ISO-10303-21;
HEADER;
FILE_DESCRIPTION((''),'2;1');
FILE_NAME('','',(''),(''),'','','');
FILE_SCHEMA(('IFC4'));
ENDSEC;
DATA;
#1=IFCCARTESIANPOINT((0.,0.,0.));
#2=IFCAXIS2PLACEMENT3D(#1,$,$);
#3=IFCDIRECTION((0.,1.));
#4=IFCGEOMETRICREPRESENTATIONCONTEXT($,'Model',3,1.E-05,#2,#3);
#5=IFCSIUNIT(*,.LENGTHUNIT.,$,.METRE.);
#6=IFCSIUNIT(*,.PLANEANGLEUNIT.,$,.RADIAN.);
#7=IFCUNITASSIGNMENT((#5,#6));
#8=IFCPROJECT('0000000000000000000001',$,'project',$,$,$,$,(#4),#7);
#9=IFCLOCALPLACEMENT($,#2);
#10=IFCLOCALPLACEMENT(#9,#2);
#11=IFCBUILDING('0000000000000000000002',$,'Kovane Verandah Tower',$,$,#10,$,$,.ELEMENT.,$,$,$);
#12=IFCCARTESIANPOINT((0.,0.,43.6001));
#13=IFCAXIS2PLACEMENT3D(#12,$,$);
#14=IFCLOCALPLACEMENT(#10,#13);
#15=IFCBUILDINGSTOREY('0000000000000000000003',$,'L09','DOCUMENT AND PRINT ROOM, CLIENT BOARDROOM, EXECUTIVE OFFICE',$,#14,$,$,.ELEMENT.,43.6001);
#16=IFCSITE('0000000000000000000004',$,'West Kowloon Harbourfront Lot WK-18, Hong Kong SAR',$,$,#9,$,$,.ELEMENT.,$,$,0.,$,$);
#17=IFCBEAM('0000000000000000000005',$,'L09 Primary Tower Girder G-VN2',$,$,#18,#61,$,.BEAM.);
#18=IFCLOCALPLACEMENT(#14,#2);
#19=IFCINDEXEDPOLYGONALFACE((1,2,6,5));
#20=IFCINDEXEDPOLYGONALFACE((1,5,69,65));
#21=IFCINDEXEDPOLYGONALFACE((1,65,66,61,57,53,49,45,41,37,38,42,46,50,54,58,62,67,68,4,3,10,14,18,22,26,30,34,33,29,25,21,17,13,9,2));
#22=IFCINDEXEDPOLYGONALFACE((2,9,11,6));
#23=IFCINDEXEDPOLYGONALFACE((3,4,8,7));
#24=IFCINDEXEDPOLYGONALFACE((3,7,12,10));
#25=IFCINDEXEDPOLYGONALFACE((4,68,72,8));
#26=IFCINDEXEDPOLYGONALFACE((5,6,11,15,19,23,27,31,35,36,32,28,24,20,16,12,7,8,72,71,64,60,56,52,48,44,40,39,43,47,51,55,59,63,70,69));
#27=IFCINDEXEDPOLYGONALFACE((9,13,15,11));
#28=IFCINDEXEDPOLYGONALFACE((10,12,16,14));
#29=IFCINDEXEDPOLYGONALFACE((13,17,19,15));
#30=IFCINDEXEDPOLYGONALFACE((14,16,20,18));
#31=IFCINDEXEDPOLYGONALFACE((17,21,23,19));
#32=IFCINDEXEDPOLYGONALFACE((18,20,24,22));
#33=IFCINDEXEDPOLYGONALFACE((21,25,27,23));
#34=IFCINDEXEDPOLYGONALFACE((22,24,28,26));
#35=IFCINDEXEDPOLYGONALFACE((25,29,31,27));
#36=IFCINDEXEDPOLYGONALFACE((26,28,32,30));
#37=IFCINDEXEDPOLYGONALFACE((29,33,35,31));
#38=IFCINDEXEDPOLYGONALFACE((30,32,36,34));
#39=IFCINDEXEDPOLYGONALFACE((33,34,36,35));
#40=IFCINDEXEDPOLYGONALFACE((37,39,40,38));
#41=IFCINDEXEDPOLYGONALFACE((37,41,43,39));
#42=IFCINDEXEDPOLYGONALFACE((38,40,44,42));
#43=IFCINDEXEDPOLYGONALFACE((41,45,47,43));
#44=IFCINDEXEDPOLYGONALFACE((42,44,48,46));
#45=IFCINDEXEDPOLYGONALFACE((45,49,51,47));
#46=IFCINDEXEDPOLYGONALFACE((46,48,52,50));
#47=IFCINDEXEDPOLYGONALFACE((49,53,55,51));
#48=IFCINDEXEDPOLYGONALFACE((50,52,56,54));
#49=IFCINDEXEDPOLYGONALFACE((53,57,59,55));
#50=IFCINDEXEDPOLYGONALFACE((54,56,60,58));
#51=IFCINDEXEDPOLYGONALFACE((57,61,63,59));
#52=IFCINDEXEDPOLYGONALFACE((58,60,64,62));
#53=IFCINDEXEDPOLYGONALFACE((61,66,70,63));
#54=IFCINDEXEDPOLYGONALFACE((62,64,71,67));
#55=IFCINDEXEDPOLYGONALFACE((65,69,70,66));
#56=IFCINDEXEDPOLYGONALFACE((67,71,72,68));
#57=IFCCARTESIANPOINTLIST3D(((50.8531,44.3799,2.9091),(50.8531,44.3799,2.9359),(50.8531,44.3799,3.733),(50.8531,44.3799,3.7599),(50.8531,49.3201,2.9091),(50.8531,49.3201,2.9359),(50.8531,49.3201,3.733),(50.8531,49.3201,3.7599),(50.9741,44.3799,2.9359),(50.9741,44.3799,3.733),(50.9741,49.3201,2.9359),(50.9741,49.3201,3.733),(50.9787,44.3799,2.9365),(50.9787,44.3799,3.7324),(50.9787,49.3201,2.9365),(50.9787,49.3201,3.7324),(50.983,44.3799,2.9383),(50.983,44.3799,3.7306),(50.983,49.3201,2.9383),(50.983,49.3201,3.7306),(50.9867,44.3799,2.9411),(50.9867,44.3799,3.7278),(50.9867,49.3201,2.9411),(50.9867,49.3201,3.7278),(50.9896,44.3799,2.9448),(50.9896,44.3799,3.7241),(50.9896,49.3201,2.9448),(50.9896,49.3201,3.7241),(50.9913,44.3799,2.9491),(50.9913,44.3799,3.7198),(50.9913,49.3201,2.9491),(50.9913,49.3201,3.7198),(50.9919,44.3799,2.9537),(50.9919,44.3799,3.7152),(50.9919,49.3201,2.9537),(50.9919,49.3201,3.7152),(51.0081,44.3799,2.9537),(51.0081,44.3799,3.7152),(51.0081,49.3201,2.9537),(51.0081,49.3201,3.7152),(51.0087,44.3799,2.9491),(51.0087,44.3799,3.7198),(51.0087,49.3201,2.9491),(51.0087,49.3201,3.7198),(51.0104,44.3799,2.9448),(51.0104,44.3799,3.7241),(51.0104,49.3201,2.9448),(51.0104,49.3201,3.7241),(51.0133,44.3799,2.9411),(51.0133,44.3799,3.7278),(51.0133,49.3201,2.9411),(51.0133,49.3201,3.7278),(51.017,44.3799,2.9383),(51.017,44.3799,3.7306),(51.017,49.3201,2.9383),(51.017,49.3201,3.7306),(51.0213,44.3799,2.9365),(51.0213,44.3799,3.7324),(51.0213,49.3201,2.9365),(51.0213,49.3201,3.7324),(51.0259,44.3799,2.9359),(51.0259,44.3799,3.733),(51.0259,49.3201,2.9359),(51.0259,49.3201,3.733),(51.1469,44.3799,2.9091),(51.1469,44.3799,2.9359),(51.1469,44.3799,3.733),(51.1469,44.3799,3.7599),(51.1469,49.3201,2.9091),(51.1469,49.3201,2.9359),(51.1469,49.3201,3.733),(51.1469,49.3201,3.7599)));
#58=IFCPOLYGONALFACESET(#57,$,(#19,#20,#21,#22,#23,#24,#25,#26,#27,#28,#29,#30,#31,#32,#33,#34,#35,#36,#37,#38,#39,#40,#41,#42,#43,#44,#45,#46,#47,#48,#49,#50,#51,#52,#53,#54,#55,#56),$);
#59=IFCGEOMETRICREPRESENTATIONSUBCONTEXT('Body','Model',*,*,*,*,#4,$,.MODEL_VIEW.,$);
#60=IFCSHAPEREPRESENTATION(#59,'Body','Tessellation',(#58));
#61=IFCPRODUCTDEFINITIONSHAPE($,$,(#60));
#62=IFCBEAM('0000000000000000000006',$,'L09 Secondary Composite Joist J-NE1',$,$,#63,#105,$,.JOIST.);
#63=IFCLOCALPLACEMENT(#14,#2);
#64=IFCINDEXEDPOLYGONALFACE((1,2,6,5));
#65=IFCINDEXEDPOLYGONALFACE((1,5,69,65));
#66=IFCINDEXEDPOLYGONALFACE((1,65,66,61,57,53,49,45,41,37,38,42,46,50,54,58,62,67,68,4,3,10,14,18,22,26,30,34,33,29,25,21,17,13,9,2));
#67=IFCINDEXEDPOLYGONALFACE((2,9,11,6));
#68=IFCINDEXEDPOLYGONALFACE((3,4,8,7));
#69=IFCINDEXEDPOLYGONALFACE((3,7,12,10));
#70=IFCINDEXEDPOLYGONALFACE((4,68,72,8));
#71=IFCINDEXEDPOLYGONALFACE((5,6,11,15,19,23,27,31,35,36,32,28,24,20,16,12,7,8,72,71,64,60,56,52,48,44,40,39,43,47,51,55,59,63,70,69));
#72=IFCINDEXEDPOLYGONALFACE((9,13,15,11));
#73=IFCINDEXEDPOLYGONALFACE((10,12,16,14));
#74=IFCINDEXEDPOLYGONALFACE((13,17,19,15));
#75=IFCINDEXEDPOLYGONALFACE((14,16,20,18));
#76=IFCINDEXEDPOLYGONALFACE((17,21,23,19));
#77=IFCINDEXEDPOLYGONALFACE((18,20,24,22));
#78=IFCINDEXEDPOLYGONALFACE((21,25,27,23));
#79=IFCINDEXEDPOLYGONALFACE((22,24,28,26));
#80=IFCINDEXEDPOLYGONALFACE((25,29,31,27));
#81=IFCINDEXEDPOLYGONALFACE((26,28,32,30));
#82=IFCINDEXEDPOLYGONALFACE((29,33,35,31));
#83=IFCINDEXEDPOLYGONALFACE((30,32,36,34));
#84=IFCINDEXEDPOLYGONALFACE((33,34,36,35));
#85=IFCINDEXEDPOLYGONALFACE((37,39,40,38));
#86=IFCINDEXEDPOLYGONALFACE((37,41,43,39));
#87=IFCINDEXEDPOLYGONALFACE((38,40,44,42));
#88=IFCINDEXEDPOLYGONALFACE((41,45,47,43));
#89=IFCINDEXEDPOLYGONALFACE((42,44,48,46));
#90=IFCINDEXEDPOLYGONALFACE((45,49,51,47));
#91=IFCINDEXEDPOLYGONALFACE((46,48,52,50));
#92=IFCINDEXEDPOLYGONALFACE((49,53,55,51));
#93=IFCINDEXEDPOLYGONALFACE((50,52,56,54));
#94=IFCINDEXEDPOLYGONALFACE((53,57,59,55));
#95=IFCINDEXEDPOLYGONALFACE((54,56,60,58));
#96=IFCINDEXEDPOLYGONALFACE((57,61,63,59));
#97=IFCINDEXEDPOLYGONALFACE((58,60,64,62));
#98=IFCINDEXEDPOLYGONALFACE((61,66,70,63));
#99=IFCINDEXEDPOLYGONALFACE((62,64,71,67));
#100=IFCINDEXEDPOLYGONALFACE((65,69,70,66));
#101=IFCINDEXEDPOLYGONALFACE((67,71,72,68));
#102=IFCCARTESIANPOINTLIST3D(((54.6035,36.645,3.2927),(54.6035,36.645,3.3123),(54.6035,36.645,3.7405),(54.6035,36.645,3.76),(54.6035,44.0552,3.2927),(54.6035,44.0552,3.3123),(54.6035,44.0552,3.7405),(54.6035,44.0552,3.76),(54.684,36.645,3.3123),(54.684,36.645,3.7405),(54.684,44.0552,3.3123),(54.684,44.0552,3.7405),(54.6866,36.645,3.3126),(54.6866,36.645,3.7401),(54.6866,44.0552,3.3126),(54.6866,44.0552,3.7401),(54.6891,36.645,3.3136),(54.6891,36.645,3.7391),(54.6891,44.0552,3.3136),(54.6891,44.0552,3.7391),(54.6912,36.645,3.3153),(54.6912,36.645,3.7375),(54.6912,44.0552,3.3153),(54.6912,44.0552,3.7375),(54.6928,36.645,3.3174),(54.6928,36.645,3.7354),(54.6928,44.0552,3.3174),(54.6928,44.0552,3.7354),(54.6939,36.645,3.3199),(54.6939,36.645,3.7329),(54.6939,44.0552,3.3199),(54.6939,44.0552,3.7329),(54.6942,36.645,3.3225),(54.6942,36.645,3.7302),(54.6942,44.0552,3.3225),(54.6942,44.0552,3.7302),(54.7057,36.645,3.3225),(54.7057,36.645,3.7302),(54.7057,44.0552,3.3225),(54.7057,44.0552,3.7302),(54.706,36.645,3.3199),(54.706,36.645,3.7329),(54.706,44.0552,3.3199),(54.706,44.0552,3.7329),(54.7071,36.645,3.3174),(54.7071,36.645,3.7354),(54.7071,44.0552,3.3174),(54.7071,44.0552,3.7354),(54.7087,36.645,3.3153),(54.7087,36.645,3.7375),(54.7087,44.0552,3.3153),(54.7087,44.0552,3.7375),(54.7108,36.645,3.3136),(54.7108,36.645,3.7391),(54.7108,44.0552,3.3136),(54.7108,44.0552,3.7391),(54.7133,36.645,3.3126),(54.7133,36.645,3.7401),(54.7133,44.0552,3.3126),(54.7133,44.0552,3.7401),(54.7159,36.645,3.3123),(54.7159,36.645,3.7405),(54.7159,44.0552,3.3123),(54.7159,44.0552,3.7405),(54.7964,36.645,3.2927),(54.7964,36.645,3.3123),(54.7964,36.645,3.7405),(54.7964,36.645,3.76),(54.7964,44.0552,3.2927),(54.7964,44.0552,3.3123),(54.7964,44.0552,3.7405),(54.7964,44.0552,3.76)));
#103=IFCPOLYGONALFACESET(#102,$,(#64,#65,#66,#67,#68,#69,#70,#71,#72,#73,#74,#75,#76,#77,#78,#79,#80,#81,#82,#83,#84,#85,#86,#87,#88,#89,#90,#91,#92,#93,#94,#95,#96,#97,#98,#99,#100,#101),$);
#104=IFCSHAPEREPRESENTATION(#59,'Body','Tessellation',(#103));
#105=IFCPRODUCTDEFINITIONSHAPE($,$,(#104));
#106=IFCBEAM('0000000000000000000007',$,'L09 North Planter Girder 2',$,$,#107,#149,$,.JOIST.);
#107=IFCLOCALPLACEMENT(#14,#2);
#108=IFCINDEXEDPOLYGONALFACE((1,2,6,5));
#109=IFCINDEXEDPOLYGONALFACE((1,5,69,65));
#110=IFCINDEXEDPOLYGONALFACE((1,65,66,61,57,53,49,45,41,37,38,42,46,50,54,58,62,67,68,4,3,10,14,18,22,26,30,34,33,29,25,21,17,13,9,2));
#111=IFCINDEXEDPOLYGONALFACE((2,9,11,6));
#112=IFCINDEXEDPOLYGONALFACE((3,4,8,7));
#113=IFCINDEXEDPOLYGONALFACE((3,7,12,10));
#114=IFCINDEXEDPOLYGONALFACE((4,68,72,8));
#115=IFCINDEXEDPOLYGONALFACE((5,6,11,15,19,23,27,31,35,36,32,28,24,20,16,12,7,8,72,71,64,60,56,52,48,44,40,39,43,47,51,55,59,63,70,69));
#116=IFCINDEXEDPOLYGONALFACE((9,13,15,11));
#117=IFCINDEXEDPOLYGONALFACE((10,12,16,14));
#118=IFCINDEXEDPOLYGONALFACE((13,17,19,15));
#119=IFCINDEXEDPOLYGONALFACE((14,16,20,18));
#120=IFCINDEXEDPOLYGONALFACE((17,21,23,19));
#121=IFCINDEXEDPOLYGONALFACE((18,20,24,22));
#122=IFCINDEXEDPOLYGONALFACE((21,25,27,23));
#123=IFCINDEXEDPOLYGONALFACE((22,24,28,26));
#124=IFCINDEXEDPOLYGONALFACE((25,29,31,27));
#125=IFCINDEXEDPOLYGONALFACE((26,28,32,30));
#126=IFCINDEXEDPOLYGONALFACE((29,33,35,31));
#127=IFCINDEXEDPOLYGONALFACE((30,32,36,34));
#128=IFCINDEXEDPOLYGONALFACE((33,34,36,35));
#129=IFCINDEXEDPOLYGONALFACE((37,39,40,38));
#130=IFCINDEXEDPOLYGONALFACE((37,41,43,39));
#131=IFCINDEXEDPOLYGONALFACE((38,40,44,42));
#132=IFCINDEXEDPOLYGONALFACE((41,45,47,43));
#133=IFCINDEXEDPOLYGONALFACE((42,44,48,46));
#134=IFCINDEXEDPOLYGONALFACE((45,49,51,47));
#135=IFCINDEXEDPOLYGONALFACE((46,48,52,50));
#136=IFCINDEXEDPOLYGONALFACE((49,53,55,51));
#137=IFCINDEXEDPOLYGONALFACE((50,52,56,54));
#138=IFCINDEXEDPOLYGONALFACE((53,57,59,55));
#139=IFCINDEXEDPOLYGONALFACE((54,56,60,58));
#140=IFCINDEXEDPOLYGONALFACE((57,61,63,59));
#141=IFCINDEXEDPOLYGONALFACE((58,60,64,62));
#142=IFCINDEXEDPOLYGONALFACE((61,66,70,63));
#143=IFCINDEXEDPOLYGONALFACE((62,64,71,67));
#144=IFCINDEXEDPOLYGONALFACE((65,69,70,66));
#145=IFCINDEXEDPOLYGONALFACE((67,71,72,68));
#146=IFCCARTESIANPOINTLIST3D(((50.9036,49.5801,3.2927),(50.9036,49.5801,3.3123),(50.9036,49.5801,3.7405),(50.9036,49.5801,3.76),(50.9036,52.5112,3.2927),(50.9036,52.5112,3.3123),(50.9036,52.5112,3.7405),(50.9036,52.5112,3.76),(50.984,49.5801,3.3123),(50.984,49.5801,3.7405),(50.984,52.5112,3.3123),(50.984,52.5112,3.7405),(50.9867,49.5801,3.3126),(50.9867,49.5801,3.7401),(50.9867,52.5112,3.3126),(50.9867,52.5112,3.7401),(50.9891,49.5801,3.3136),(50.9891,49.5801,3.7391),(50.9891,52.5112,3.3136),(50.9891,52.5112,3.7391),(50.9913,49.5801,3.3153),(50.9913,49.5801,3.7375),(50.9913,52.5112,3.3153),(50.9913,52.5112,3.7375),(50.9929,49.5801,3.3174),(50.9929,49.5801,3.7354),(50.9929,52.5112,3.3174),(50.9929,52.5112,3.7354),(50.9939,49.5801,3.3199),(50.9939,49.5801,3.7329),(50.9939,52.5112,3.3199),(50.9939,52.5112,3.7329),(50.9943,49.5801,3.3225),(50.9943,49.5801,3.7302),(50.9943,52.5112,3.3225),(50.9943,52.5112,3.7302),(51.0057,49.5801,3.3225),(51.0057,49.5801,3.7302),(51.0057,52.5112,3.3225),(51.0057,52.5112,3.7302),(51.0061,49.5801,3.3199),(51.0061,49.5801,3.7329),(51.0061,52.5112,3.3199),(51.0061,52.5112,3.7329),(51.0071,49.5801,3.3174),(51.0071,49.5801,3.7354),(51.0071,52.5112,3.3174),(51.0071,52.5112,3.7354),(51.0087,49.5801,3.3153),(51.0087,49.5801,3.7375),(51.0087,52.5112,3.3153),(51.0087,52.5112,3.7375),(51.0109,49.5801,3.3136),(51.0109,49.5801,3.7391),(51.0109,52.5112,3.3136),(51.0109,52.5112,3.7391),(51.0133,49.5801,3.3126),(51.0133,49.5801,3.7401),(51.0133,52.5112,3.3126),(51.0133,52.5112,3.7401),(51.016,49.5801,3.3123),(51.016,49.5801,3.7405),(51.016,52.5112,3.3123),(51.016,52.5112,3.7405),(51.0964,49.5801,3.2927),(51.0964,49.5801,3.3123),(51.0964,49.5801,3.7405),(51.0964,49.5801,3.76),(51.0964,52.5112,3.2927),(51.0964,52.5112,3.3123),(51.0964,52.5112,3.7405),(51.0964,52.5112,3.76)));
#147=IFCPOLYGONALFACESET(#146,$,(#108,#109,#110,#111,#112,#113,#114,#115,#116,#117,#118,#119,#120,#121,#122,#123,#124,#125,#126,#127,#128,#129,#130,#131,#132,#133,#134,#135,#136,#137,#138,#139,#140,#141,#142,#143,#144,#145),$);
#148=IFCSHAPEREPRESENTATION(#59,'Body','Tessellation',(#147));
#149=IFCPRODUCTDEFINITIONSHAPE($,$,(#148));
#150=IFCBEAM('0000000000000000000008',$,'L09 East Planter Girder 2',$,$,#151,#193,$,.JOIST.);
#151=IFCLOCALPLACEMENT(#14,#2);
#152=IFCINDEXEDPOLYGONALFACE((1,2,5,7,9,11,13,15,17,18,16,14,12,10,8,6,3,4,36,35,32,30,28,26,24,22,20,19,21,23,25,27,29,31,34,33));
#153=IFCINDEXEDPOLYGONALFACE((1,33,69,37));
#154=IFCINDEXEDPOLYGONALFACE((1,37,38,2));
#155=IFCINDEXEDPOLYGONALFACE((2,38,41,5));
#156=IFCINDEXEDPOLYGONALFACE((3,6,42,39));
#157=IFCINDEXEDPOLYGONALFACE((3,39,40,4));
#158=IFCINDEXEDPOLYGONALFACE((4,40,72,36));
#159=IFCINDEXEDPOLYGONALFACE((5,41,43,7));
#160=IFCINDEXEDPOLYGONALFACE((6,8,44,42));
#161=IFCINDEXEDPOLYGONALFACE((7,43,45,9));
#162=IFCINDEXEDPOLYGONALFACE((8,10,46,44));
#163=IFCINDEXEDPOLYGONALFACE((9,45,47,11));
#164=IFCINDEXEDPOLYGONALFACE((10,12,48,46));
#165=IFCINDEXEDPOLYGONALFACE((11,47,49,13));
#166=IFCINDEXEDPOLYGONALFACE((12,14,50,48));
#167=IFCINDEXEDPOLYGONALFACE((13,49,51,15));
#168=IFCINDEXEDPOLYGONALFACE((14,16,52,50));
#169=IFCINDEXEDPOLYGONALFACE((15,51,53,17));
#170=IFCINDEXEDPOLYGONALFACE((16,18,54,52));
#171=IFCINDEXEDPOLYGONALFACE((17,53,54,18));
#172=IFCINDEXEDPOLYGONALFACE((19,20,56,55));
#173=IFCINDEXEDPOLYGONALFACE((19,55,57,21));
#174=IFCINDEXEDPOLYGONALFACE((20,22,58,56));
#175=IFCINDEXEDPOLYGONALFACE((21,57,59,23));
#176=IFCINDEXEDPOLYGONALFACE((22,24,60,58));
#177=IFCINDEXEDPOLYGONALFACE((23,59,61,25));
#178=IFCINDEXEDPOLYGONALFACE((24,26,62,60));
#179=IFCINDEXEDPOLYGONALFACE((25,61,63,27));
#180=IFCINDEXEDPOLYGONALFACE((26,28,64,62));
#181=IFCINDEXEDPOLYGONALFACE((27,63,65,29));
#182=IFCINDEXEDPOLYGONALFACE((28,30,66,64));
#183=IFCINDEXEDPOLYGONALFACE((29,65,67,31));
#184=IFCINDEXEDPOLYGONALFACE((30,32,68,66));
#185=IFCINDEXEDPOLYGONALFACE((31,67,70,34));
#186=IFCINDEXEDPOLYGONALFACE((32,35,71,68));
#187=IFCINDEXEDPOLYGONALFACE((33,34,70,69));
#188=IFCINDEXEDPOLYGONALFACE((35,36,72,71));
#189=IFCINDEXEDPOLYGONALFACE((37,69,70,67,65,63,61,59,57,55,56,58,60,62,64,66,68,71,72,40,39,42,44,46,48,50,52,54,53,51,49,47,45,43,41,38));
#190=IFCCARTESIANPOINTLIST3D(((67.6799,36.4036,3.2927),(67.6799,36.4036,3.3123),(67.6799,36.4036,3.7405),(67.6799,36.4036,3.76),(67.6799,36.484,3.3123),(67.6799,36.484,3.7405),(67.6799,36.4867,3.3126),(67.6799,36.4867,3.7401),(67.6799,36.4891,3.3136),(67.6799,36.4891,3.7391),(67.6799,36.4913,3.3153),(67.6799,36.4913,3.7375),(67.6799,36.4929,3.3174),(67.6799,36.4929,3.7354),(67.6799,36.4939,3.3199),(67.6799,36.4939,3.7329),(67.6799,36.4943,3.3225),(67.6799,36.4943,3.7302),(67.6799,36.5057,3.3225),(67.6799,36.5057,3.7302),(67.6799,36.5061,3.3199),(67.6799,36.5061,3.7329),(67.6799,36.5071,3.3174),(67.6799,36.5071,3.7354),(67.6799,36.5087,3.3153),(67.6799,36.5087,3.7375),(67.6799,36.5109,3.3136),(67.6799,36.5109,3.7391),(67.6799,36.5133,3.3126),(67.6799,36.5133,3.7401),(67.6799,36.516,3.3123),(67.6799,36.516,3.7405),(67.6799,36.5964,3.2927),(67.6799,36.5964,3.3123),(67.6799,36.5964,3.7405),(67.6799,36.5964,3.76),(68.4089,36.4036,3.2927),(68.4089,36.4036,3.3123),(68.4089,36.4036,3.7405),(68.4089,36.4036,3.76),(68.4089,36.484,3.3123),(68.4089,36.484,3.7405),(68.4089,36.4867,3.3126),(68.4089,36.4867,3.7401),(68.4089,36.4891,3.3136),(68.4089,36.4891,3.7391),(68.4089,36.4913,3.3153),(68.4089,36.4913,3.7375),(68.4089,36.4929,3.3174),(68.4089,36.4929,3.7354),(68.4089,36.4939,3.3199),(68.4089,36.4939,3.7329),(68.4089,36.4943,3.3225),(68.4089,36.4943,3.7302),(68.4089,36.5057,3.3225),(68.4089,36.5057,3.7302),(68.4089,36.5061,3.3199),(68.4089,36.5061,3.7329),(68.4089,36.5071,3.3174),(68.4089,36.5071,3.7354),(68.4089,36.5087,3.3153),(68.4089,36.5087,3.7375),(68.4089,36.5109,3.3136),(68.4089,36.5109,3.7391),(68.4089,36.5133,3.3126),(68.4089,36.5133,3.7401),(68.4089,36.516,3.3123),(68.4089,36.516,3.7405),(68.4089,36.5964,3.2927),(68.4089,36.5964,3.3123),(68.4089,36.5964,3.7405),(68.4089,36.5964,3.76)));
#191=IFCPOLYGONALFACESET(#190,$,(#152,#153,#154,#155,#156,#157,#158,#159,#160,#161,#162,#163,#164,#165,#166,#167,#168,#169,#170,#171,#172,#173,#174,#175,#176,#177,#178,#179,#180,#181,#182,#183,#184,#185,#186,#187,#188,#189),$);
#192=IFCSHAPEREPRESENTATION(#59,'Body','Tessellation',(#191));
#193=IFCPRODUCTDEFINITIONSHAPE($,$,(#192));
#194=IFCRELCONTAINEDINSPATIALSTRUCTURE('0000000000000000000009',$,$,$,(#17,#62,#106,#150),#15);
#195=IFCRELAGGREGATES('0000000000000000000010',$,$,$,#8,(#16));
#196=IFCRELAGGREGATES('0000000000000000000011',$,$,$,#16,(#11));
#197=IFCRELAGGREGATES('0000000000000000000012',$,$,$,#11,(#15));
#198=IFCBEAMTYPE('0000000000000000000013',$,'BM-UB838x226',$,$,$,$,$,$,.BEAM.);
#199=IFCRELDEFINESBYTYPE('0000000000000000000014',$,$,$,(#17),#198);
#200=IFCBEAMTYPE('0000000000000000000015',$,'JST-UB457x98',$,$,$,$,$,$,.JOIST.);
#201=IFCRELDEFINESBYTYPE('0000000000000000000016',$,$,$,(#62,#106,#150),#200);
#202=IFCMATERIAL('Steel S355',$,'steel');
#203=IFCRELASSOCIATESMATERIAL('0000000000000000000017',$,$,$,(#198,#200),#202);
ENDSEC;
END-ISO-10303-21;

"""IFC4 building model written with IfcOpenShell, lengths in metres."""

from ifc_helpers import new_model, si_unit, direction, frame, origin, origin_2d, place, context, subcontext, project, spatial, i_section, extrude, material, material_profile, profile_set, type_object, element, save


model = new_model("IFC4")

# Units and contexts
model_context = context("Model", 3, precision=1e-05, world=origin(), true_north=direction((0.0, 1.0)))
body_context = subcontext(model_context, "Body", "Model", "MODEL_VIEW")
ifc_project = project(units=[si_unit("LENGTHUNIT", "METRE"), si_unit("PLANEANGLEUNIT", "RADIAN")], contexts=[model_context])

# Site, building, storey
site_placement = place(None, origin())
site = spatial("IfcSite", under=ifc_project, at=site_placement, Name="West Kowloon Harbourfront Lot WK-18, Hong Kong SAR", CompositionType="ELEMENT", RefElevation=0.0)
building_placement = place(site_placement, origin())
building = spatial("IfcBuilding", under=site, at=building_placement, Name="Kovane Verandah Tower", CompositionType="ELEMENT")
storey_placement = place(building_placement, frame((0.0, 0.0, 43.6001)))
storey = spatial("IfcBuildingStorey", under=building, at=storey_placement, Name="L09", Description="DOCUMENT AND PRINT ROOM, CLIENT BOARDROOM, EXECUTIVE OFFICE", CompositionType="ELEMENT", Elevation=43.6001)

# Beams
ifc_material_1 = material(Name="Steel S355", Category="steel")
ifc_material_profile_1 = material_profile(ifc_material_1, i_section(OverallWidth=0.2937, OverallDepth=0.8508, WebThickness=0.0161, FlangeThickness=0.0269, FilletRadius=0.0178, at=origin_2d()), Name="UB838x292x226")
ifc_profile_set_1 = profile_set([ifc_material_profile_1], Name="Steel S355")
beam_type_1 = type_object("IfcBeamType", Name="BM-UB838x226", PredefinedType="BEAM", material=ifc_profile_set_1)
beam_1_placement = place(storey_placement, frame((51.0, 44.3799, 3.3345), z_axis=(0.0, 1.0, 0.0), x_axis=(-1.0, 0.0, 0.0)))
element("IfcBeam", 1, at=beam_1_placement, inside=storey, type_object=beam_type_1, Name="L09 Primary Tower Girder G-VN2", PredefinedType="BEAM", context=body_context, shape_type="SweptSolid", body=[
    extrude(i_section(OverallWidth=0.2937, OverallDepth=0.8508, WebThickness=0.0161, FlangeThickness=0.0269, FilletRadius=0.0178, at=origin_2d()), origin(), (0.0, 0.0, 1.0), 4.9402),
])
ifc_material_profile_2 = material_profile(ifc_material_1, i_section(OverallWidth=0.1929, OverallDepth=0.4673, WebThickness=0.0115, FlangeThickness=0.0195, FilletRadius=0.0103, at=origin_2d()), Name="UB457x191x98")
ifc_profile_set_2 = profile_set([ifc_material_profile_2], Name="Steel S355")
beam_type_2 = type_object("IfcBeamType", Name="JST-UB457x98", PredefinedType="JOIST", material=ifc_profile_set_2)
beam_2_placement = place(storey_placement, frame((54.7, 36.645, 3.5264), z_axis=(0.0, 1.0, 0.0), x_axis=(-1.0, 0.0, 0.0)))
element("IfcBeam", 2, at=beam_2_placement, inside=storey, type_object=beam_type_2, Name="L09 Secondary Composite Joist J-NE1", PredefinedType="JOIST", context=body_context, shape_type="SweptSolid", body=[
    extrude(i_section(OverallWidth=0.1929, OverallDepth=0.4673, WebThickness=0.0115, FlangeThickness=0.0195, FilletRadius=0.0103, at=origin_2d()), origin(), (0.0, 0.0, 1.0), 7.4102),
])
beam_3_placement = place(storey_placement, frame((51.0, 49.5801, 3.5264), z_axis=(0.0, 1.0, 0.0), x_axis=(-1.0, 0.0, 0.0)))
element("IfcBeam", 3, at=beam_3_placement, inside=storey, type_object=beam_type_2, Name="L09 North Planter Girder 2", PredefinedType="JOIST", context=body_context, shape_type="SweptSolid", body=[
    extrude(i_section(OverallWidth=0.1929, OverallDepth=0.4673, WebThickness=0.0115, FlangeThickness=0.0195, FilletRadius=0.0103, at=origin_2d()), origin(), (0.0, 0.0, 1.0), 2.9312),
])
beam_4_placement = place(storey_placement, frame((67.6799, 36.5, 3.5264), z_axis=(1.0, 0.0, 0.0), x_axis=(0.0, 1.0, 0.0)))
element("IfcBeam", 4, at=beam_4_placement, inside=storey, type_object=beam_type_2, Name="L09 East Planter Girder 2", PredefinedType="JOIST", context=body_context, shape_type="SweptSolid", body=[
    extrude(i_section(OverallWidth=0.1929, OverallDepth=0.4673, WebThickness=0.0115, FlangeThickness=0.0195, FilletRadius=0.0103, at=origin_2d()), origin(), (0.0, 0.0, 1.0), 0.729),
])

save(model, "model.ifc")
